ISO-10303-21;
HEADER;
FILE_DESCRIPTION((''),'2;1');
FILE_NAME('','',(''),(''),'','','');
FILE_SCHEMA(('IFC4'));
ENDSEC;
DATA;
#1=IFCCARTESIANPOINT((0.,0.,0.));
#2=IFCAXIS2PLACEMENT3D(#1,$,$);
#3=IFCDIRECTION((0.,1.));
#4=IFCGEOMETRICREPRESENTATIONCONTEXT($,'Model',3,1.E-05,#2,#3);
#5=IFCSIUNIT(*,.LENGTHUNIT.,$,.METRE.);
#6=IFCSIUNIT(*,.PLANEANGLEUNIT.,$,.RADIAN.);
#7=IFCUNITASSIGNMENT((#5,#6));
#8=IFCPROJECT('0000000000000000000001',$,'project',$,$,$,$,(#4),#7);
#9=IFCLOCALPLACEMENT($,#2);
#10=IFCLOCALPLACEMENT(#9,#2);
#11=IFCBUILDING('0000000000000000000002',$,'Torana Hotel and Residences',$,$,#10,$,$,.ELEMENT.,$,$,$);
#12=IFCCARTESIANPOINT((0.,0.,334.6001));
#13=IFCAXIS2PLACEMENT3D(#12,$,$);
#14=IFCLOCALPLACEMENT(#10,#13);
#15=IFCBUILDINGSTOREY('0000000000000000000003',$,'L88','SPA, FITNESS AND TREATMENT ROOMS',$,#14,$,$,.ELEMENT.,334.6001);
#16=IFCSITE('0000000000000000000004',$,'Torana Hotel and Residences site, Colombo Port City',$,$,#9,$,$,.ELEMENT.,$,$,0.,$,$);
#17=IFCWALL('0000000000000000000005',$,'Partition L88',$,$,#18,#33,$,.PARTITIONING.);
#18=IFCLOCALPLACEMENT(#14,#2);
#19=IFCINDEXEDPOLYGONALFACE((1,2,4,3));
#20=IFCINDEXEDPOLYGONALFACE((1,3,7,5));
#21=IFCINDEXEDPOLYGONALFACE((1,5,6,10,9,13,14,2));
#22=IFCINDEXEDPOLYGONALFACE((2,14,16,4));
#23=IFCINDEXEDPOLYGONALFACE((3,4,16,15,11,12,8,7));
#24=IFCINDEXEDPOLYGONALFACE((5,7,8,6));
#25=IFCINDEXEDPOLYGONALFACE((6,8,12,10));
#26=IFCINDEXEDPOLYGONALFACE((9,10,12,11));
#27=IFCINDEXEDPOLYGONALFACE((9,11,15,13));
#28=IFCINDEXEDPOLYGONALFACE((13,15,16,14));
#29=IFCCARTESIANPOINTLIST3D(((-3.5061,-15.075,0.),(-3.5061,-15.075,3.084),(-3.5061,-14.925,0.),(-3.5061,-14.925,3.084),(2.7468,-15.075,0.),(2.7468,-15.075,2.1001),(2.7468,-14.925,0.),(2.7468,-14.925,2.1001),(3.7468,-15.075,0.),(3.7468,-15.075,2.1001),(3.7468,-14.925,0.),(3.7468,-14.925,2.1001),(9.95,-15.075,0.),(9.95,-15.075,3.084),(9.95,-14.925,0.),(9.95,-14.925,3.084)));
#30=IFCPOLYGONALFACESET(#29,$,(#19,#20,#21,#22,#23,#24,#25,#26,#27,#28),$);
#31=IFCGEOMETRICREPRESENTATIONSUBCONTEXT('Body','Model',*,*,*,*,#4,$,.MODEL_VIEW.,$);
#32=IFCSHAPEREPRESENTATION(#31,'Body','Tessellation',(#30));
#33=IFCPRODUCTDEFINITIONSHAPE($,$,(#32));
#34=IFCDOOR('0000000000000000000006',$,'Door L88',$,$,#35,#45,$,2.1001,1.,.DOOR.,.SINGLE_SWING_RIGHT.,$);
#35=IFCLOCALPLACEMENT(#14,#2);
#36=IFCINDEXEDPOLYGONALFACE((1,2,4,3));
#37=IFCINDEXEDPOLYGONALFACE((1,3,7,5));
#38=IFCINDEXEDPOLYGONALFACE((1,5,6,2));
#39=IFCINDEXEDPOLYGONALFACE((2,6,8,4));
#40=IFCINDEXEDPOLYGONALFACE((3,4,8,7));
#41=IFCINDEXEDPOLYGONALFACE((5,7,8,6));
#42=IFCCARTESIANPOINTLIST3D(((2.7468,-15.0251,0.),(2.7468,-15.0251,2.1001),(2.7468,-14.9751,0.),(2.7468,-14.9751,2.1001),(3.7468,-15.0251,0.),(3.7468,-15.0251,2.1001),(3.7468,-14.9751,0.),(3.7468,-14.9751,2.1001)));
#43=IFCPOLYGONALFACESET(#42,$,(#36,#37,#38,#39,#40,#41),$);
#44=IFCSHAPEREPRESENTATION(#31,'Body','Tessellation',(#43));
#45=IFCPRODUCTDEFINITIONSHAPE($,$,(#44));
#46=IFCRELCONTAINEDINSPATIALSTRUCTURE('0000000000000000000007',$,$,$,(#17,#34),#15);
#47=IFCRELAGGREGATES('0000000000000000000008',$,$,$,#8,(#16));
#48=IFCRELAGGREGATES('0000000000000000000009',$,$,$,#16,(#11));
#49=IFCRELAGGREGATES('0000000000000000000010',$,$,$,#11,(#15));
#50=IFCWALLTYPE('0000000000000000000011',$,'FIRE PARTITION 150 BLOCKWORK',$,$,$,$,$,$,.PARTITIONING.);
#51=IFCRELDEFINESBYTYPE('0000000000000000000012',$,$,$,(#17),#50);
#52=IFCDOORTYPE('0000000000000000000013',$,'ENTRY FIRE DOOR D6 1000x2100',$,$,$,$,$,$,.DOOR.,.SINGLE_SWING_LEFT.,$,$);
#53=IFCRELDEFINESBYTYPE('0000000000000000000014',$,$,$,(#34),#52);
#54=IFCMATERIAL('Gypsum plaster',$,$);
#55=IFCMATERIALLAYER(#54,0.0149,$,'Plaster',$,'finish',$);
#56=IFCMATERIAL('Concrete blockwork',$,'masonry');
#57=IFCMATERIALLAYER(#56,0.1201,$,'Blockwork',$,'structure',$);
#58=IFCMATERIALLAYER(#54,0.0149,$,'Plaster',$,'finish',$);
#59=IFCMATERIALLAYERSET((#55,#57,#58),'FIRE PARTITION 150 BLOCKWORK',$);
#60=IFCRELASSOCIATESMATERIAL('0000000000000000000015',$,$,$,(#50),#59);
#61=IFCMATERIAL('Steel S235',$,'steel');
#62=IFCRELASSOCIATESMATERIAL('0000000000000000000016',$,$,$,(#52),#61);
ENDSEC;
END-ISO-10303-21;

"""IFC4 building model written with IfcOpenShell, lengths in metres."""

from ifc_helpers import new_model, si_unit, direction, frame, frame_2d, origin, place, context, subcontext, project, spatial, rectangle, extrude, material, layer, layer_set, type_object, element, fill, save


model = new_model("IFC4")

# Units and contexts
model_context = context("Model", 3, precision=1e-05, world=origin(), true_north=direction((0.0, 1.0)))
body_context = subcontext(model_context, "Body", "Model", "MODEL_VIEW")
ifc_project = project(units=[si_unit("LENGTHUNIT", "METRE"), si_unit("PLANEANGLEUNIT", "RADIAN")], contexts=[model_context])

# Site, building, storey
site_placement = place(None, origin())
site = spatial("IfcSite", under=ifc_project, at=site_placement, Name="Torana Hotel and Residences site, Colombo Port City", CompositionType="ELEMENT", RefElevation=0.0)
building_placement = place(site_placement, origin())
building = spatial("IfcBuilding", under=site, at=building_placement, Name="Torana Hotel and Residences", CompositionType="ELEMENT")
storey_placement = place(building_placement, frame((0.0, 0.0, 334.6001)))
storey = spatial("IfcBuildingStorey", under=building, at=storey_placement, Name="L88", Description="SPA, FITNESS AND TREATMENT ROOMS", CompositionType="ELEMENT", Elevation=334.6001)

# Shared definitions
ifc_material_1 = material(Name="Gypsum plaster")
ifc_layer_1 = layer(ifc_material_1, 0.0149, Name="Plaster", Category="finish")
ifc_material_2 = material(Name="Concrete blockwork", Category="masonry")
ifc_layer_2 = layer(ifc_material_2, 0.1201, Name="Blockwork", Category="structure")
ifc_layer_3 = layer(ifc_material_1, 0.0149, Name="Plaster", Category="finish")
ifc_layer_set = layer_set([ifc_layer_1, ifc_layer_2, ifc_layer_3], Name="FIRE PARTITION 150 BLOCKWORK")
wall_type = type_object("IfcWallType", Name="FIRE PARTITION 150 BLOCKWORK", PredefinedType="PARTITIONING", material=ifc_layer_set)

# Shared definitions
ifc_material_3 = material(Name="Steel S235", Category="steel")
door_type = type_object("IfcDoorType", Name="ENTRY FIRE DOOR D6 1000x2100", OperationType="SINGLE_SWING_LEFT", PredefinedType="DOOR", material=ifc_material_3)

# Wall, opening, door
wall_1_placement = place(storey_placement, frame((-3.5061, -15.0, 0.0), z_axis=(0.0, 0.0, 1.0), x_axis=(1.0, 0.0, 0.0)))
wall_1 = element("IfcWall", 1, at=wall_1_placement, inside=storey, type_object=wall_type, Name="Partition L88", PredefinedType="PARTITIONING", context=body_context, shape_type="SweptSolid", body=[
    extrude(rectangle(XDim=13.4561, YDim=0.1499, at=frame_2d((6.728, 0.0))), origin(), (0.0, 0.0, 1.0), 3.084),
])
opening_1_placement = place(wall_1_placement, frame((6.2529, 0.0, 0.0)))
opening_1 = element("IfcOpeningElement", 2, at=opening_1_placement, cuts=wall_1, PredefinedType="OPENING", context=body_context, shape_type="SweptSolid", body=[
    extrude(rectangle(XDim=1.0, YDim=2.1001, at=frame_2d((0.5, 1.05))), frame((0.0, 0.085, 0.0), z_axis=(0.0, -1.0, 0.0), x_axis=(1.0, 0.0, 0.0)), (0.0, 0.0, 1.0), 0.1699),
])
door_1_placement = place(opening_1_placement, origin())
door_1 = element("IfcDoor", 3, at=door_1_placement, inside=storey, type_object=door_type, Name="Door L88", OperationType="SINGLE_SWING_RIGHT", OverallHeight=2.1001, OverallWidth=1.0, PredefinedType="DOOR", context=body_context, shape_type="SweptSolid", body=[
    extrude(rectangle(XDim=1.0, YDim=2.1001, at=frame_2d((0.5, 1.05))), frame((0.0, 0.0249, 0.0), z_axis=(0.0, -1.0, 0.0), x_axis=(1.0, 0.0, 0.0)), (0.0, 0.0, 1.0), 0.05),
])
fill(opening_1, door_1)

save(model, "model.ifc")
